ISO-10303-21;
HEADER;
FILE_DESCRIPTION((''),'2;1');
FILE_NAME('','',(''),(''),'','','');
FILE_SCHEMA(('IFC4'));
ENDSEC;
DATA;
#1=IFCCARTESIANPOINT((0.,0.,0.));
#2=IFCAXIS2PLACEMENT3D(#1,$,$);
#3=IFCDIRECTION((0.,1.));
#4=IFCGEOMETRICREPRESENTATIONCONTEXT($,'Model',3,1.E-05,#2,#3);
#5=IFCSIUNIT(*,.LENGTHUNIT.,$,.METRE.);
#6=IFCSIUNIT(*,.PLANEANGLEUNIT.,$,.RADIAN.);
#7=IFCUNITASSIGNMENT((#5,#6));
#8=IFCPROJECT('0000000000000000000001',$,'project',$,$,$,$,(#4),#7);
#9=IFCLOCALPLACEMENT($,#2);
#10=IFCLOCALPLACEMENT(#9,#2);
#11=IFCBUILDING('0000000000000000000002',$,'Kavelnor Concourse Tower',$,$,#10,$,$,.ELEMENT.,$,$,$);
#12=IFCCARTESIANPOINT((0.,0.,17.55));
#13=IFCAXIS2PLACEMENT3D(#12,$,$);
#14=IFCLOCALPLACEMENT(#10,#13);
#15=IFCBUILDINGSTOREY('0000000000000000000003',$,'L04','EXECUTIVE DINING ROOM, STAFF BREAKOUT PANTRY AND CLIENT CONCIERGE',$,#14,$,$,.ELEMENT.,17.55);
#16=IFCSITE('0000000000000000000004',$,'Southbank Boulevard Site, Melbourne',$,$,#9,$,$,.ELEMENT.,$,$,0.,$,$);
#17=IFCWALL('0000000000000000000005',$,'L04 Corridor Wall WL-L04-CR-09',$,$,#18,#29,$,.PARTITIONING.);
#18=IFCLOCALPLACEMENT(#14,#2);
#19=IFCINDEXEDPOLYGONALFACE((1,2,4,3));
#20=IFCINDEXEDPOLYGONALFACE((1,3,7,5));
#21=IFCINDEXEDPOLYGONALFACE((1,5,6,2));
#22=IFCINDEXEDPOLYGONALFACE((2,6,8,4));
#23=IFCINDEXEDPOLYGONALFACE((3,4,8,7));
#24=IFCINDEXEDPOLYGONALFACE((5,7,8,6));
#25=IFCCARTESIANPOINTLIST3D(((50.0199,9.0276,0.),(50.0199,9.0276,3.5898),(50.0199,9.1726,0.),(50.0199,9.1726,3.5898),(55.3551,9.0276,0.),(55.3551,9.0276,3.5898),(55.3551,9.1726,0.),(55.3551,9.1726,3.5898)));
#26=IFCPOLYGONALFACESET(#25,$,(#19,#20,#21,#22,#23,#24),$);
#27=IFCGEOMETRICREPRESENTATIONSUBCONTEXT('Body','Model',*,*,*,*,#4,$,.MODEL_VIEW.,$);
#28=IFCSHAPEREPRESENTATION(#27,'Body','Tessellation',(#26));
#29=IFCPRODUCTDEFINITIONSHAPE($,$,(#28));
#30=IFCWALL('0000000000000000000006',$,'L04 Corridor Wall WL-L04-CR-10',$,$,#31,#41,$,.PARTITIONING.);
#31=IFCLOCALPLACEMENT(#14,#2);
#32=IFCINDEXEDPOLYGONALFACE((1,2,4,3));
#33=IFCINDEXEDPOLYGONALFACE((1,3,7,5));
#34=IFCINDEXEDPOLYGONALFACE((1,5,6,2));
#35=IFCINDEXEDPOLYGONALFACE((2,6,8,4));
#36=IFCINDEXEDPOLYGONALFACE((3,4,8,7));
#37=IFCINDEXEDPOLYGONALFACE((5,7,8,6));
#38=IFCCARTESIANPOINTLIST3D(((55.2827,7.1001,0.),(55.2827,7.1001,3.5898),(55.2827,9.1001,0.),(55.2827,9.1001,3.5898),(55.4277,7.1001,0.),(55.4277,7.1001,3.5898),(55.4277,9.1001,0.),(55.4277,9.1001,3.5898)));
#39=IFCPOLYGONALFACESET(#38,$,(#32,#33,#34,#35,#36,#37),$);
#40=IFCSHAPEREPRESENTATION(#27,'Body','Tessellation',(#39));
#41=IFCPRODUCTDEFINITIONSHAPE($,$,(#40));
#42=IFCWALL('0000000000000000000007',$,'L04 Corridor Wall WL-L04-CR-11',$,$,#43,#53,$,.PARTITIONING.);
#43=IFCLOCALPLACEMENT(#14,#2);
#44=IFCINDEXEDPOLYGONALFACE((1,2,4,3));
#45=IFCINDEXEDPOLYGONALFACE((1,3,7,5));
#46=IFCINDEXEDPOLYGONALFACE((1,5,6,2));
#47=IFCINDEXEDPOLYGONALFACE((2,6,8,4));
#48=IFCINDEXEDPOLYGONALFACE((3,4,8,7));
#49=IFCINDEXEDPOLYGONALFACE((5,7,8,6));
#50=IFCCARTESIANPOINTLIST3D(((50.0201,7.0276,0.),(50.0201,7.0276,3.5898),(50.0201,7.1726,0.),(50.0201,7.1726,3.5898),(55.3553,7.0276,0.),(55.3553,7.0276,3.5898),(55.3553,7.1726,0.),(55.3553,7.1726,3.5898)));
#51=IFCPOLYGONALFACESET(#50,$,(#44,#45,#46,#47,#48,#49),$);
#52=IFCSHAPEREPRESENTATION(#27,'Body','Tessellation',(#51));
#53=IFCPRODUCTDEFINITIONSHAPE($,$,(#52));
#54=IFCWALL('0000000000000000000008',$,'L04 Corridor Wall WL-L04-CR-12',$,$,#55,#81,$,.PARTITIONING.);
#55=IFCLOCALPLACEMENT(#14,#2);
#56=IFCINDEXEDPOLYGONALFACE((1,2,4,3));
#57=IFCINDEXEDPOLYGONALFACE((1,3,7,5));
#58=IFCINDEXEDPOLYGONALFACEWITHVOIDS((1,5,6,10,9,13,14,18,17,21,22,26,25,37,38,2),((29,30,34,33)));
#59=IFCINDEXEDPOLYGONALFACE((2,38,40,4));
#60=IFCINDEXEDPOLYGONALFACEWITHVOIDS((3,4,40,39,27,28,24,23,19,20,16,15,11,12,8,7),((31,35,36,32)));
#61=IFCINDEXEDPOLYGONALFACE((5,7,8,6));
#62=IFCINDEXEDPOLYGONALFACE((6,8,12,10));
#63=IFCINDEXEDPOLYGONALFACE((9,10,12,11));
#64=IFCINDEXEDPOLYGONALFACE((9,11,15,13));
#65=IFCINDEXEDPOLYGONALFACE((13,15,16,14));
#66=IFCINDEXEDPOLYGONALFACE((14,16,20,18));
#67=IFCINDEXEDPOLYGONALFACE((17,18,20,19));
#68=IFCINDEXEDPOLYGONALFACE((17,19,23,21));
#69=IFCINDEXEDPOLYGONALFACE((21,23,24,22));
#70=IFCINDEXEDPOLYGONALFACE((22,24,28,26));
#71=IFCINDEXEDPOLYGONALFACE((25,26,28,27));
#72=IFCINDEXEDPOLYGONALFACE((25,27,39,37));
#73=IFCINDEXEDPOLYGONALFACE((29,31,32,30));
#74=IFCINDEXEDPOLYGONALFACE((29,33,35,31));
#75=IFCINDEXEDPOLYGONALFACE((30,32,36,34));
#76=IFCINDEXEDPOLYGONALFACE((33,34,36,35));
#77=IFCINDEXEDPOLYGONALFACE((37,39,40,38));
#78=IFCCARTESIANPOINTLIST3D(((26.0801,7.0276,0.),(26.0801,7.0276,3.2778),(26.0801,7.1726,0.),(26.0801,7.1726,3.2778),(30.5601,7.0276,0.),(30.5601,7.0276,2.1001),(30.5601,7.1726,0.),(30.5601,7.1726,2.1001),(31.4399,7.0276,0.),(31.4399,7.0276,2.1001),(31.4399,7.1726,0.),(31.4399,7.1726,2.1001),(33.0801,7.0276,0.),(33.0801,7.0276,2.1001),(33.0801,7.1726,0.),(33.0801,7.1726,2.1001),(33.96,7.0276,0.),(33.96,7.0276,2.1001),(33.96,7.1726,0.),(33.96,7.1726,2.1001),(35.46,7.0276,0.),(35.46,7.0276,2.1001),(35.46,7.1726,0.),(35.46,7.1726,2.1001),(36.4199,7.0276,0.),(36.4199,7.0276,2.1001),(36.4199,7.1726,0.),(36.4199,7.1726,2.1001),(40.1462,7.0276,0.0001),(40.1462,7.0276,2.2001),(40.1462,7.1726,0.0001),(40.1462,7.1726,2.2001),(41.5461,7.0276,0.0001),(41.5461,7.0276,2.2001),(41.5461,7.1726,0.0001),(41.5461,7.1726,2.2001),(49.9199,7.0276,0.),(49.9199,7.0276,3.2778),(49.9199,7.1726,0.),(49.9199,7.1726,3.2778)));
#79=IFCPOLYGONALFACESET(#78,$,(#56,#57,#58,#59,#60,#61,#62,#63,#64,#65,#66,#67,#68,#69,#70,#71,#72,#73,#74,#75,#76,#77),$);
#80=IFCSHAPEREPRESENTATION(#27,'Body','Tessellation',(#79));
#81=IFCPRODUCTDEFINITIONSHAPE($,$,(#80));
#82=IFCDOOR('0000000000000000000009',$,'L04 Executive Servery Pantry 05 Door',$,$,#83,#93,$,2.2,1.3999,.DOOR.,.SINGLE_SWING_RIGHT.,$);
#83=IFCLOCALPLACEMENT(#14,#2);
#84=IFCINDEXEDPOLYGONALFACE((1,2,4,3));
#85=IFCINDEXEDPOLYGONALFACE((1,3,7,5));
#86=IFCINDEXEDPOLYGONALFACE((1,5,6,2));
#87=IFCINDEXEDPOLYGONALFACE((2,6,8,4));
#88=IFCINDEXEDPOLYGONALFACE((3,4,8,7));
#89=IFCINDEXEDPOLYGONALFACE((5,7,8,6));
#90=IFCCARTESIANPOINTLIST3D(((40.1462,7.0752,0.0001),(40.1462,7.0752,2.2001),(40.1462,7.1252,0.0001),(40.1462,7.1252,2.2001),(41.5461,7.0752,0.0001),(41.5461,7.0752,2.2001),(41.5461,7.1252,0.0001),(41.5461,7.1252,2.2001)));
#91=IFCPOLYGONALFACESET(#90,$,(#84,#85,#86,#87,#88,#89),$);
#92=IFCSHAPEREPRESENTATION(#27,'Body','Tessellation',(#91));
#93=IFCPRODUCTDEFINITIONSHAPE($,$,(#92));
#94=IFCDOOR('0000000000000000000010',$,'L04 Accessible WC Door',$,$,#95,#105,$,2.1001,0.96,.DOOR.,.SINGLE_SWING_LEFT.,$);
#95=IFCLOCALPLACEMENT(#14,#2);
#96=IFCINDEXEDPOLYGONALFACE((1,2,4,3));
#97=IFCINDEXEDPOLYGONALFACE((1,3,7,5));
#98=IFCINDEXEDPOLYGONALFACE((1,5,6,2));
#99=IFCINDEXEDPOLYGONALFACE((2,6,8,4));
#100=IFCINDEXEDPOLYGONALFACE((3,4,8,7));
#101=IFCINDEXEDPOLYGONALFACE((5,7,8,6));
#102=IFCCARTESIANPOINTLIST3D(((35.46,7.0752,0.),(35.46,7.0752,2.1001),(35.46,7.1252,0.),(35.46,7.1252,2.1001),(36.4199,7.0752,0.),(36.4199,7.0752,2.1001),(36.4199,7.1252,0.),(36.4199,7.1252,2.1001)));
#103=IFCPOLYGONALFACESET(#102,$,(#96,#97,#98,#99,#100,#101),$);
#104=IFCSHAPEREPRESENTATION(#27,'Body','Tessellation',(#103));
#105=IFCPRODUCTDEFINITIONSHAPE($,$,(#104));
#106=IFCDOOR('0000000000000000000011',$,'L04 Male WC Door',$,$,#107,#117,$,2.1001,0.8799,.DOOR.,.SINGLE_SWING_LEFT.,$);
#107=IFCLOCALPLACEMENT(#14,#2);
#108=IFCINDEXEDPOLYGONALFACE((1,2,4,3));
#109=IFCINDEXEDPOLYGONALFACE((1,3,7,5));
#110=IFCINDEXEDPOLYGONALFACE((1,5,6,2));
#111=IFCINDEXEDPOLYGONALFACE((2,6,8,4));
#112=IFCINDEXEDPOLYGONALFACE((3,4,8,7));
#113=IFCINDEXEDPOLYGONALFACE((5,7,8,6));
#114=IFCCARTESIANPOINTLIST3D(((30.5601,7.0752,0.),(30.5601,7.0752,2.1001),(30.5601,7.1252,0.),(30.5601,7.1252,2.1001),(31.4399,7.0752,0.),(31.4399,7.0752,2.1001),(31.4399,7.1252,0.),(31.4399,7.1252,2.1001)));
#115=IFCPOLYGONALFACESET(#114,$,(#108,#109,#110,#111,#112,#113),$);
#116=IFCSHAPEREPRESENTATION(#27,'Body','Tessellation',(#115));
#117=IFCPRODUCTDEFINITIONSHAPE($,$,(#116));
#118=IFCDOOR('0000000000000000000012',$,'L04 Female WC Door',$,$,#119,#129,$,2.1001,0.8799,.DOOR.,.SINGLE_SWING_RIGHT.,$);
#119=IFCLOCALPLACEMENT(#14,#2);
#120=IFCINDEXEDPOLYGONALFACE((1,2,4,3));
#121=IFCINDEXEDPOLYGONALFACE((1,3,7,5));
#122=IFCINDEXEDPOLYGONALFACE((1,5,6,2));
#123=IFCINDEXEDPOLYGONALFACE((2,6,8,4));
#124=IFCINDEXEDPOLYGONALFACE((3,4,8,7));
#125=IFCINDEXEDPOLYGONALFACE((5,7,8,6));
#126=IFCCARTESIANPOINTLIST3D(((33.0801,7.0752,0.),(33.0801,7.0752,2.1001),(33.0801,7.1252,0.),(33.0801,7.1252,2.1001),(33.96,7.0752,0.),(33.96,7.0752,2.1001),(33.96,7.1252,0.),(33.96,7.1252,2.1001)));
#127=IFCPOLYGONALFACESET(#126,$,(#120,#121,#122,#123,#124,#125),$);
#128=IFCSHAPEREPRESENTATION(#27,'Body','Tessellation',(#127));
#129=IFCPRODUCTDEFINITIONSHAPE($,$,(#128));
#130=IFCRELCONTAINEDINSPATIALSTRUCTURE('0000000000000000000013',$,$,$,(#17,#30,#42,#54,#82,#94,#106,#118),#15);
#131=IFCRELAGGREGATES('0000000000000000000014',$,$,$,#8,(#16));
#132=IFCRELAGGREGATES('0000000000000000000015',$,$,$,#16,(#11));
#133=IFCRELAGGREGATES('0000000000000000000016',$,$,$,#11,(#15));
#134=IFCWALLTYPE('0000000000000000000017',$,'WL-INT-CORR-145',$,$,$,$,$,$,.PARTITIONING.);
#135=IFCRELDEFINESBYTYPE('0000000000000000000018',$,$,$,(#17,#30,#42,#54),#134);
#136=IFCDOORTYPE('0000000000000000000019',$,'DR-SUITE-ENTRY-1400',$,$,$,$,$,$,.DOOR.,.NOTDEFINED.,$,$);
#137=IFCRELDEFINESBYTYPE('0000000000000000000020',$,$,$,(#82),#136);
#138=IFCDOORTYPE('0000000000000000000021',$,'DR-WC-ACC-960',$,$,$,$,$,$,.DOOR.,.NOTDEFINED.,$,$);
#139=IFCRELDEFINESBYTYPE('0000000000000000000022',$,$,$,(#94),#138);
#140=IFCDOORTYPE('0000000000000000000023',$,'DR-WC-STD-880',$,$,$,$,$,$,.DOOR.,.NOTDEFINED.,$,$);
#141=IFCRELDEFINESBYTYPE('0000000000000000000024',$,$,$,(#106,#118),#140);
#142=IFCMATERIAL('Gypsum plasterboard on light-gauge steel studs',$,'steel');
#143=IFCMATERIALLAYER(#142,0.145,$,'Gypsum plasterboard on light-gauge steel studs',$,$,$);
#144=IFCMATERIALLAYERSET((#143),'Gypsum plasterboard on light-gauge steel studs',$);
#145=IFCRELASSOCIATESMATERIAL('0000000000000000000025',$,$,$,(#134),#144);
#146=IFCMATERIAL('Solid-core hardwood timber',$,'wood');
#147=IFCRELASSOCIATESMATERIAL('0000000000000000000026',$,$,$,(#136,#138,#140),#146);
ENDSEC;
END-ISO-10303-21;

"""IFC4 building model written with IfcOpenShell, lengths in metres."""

from ifc_helpers import new_model, si_unit, direction, frame, frame_2d, origin, place, context, subcontext, project, spatial, rectangle, extrude, material, layer, layer_set, type_object, element, fill, save


model = new_model("IFC4")

# Units and contexts
model_context = context("Model", 3, precision=1e-05, world=origin(), true_north=direction((0.0, 1.0)))
body_context = subcontext(model_context, "Body", "Model", "MODEL_VIEW")
ifc_project = project(units=[si_unit("LENGTHUNIT", "METRE"), si_unit("PLANEANGLEUNIT", "RADIAN")], contexts=[model_context])

# Site, building, storey
site_placement = place(None, origin())
site = spatial("IfcSite", under=ifc_project, at=site_placement, Name="Southbank Boulevard Site, Melbourne", CompositionType="ELEMENT", RefElevation=0.0)
building_placement = place(site_placement, origin())
building = spatial("IfcBuilding", under=site, at=building_placement, Name="Kavelnor Concourse Tower", CompositionType="ELEMENT")
storey_placement = place(building_placement, frame((0.0, 0.0, 17.55)))
storey = spatial("IfcBuildingStorey", under=building, at=storey_placement, Name="L04", Description="EXECUTIVE DINING ROOM, STAFF BREAKOUT PANTRY AND CLIENT CONCIERGE", CompositionType="ELEMENT", Elevation=17.55)

# Walls
ifc_material_1 = material(Name="Gypsum plasterboard on light-gauge steel studs", Category="steel")
ifc_layer_1 = layer(ifc_material_1, 0.145, Name="Gypsum plasterboard on light-gauge steel studs")
ifc_layer_set_1 = layer_set([ifc_layer_1], Name="Gypsum plasterboard on light-gauge steel studs")
wall_type_1 = type_object("IfcWallType", Name="WL-INT-CORR-145", PredefinedType="PARTITIONING", material=ifc_layer_set_1)
wall_1_placement = place(storey_placement, frame((50.02, 9.1001, 0.0), z_axis=(0.0, 0.0, 1.0), x_axis=(1.0, 0.0, 0.0)))
element("IfcWall", 1, at=wall_1_placement, inside=storey, type_object=wall_type_1, Name="L04 Corridor Wall WL-L04-CR-09", PredefinedType="PARTITIONING", context=body_context, shape_type="SweptSolid", body=[
    extrude(rectangle(XDim=5.3352, YDim=0.145, at=frame_2d((2.6675, 0.0))), origin(), (0.0, 0.0, 1.0), 3.5898),
])
wall_2_placement = place(storey_placement, frame((55.3552, 9.1001, 0.0), z_axis=(0.0, 0.0, 1.0), x_axis=(0.0, -1.0, 0.0)))
element("IfcWall", 2, at=wall_2_placement, inside=storey, type_object=wall_type_1, Name="L04 Corridor Wall WL-L04-CR-10", PredefinedType="PARTITIONING", context=body_context, shape_type="SweptSolid", body=[
    extrude(rectangle(XDim=2.0, YDim=0.145, at=frame_2d((1.0, 0.0))), origin(), (0.0, 0.0, 1.0), 3.5898),
])
wall_3_placement = place(storey_placement, frame((55.3552, 7.1001, 0.0), z_axis=(0.0, 0.0, 1.0), x_axis=(-1.0, 0.0, 0.0)))
element("IfcWall", 3, at=wall_3_placement, inside=storey, type_object=wall_type_1, Name="L04 Corridor Wall WL-L04-CR-11", PredefinedType="PARTITIONING", context=body_context, shape_type="SweptSolid", body=[
    extrude(rectangle(XDim=5.3352, YDim=0.145, at=frame_2d((2.6675, 0.0))), origin(), (0.0, 0.0, 1.0), 3.5898),
])

# Wall, openings, doors
wall_4_placement = place(storey_placement, frame((49.9199, 7.1001, 0.0), z_axis=(0.0, 0.0, 1.0), x_axis=(-1.0, 0.0, 0.0)))
wall_4 = element("IfcWall", 4, at=wall_4_placement, inside=storey, type_object=wall_type_1, Name="L04 Corridor Wall WL-L04-CR-12", PredefinedType="PARTITIONING", context=body_context, shape_type="SweptSolid", body=[
    extrude(rectangle(XDim=23.8398, YDim=0.145, at=frame_2d((11.9199, 0.0))), origin(), (0.0, 0.0, 1.0), 3.2778),
])
opening_1_placement = place(wall_4_placement, frame((18.48, 0.0, 0.0)))
opening_1 = element("IfcOpeningElement", 5, at=opening_1_placement, cuts=wall_4, PredefinedType="OPENING", context=body_context, shape_type="SweptSolid", body=[
    extrude(rectangle(XDim=0.8799, YDim=2.1001, at=frame_2d((0.4399, 1.05))), frame((0.0, 0.0825, 0.0), z_axis=(0.0, -1.0, 0.0), x_axis=(1.0, 0.0, 0.0)), (0.0, 0.0, 1.0), 0.165),
])
opening_2_placement = place(wall_4_placement, frame((15.96, 0.0, 0.0)))
opening_2 = element("IfcOpeningElement", 6, at=opening_2_placement, cuts=wall_4, PredefinedType="OPENING", context=body_context, shape_type="SweptSolid", body=[
    extrude(rectangle(XDim=0.8799, YDim=2.1001, at=frame_2d((0.4399, 1.05))), frame((0.0, 0.0825, 0.0), z_axis=(0.0, -1.0, 0.0), x_axis=(1.0, 0.0, 0.0)), (0.0, 0.0, 1.0), 0.165),
])
opening_3_placement = place(wall_4_placement, frame((13.5, 0.0, 0.0)))
opening_3 = element("IfcOpeningElement", 7, at=opening_3_placement, cuts=wall_4, PredefinedType="OPENING", context=body_context, shape_type="SweptSolid", body=[
    extrude(rectangle(XDim=0.96, YDim=2.1001, at=frame_2d((0.48, 1.05))), frame((0.0, 0.0825, 0.0), z_axis=(0.0, -1.0, 0.0), x_axis=(1.0, 0.0, 0.0)), (0.0, 0.0, 1.0), 0.165),
])
opening_4_placement = place(wall_4_placement, frame((8.3738, 0.0, 0.0)))
opening_4 = element("IfcOpeningElement", 8, at=opening_4_placement, cuts=wall_4, PredefinedType="OPENING", context=body_context, shape_type="SweptSolid", body=[
    extrude(rectangle(XDim=1.3999, YDim=2.2, at=frame_2d((0.7, 1.1001))), frame((0.0, 0.0825, 0.0), z_axis=(0.0, -1.0, 0.0), x_axis=(1.0, 0.0, 0.0)), (0.0, 0.0, 1.0), 0.165),
])
ifc_material_2 = material(Name="Solid-core hardwood timber", Category="wood")
door_type_1 = type_object("IfcDoorType", Name="DR-SUITE-ENTRY-1400", OperationType="NOTDEFINED", PredefinedType="DOOR", material=ifc_material_2)
door_1_placement = place(opening_4_placement, origin())
door_1 = element("IfcDoor", 9, at=door_1_placement, inside=storey, type_object=door_type_1, Name="L04 Executive Servery Pantry 05 Door", OperationType="SINGLE_SWING_RIGHT", OverallHeight=2.2, OverallWidth=1.3999, PredefinedType="DOOR", context=body_context, shape_type="SweptSolid", body=[
    extrude(rectangle(XDim=1.3999, YDim=2.2, at=frame_2d((0.7, 1.1001))), frame((0.0, 0.0249, 0.0), z_axis=(0.0, -1.0, 0.0), x_axis=(1.0, 0.0, 0.0)), (0.0, 0.0, 1.0), 0.05),
])
fill(opening_4, door_1)
door_type_2 = type_object("IfcDoorType", Name="DR-WC-ACC-960", OperationType="NOTDEFINED", PredefinedType="DOOR", material=ifc_material_2)
door_2_placement = place(opening_3_placement, origin())
door_2 = element("IfcDoor", 10, at=door_2_placement, inside=storey, type_object=door_type_2, Name="L04 Accessible WC Door", OperationType="SINGLE_SWING_LEFT", OverallHeight=2.1001, OverallWidth=0.96, PredefinedType="DOOR", context=body_context, shape_type="SweptSolid", body=[
    extrude(rectangle(XDim=0.96, YDim=2.1001, at=frame_2d((0.48, 1.05))), frame((0.0, 0.0249, 0.0), z_axis=(0.0, -1.0, 0.0), x_axis=(1.0, 0.0, 0.0)), (0.0, 0.0, 1.0), 0.05),
])
fill(opening_3, door_2)
door_type_3 = type_object("IfcDoorType", Name="DR-WC-STD-880", OperationType="NOTDEFINED", PredefinedType="DOOR", material=ifc_material_2)
door_3_placement = place(opening_1_placement, origin())
door_3 = element("IfcDoor", 11, at=door_3_placement, inside=storey, type_object=door_type_3, Name="L04 Male WC Door", OperationType="SINGLE_SWING_LEFT", OverallHeight=2.1001, OverallWidth=0.8799, PredefinedType="DOOR", context=body_context, shape_type="SweptSolid", body=[
    extrude(rectangle(XDim=0.8799, YDim=2.1001, at=frame_2d((0.4399, 1.05))), frame((0.0, 0.0249, 0.0), z_axis=(0.0, -1.0, 0.0), x_axis=(1.0, 0.0, 0.0)), (0.0, 0.0, 1.0), 0.05),
])
fill(opening_1, door_3)
door_4_placement = place(opening_2_placement, origin())
door_4 = element("IfcDoor", 12, at=door_4_placement, inside=storey, type_object=door_type_3, Name="L04 Female WC Door", OperationType="SINGLE_SWING_RIGHT", OverallHeight=2.1001, OverallWidth=0.8799, PredefinedType="DOOR", context=body_context, shape_type="SweptSolid", body=[
    extrude(rectangle(XDim=0.8799, YDim=2.1001, at=frame_2d((0.4399, 1.05))), frame((0.0, 0.0249, 0.0), z_axis=(0.0, -1.0, 0.0), x_axis=(1.0, 0.0, 0.0)), (0.0, 0.0, 1.0), 0.05),
])
fill(opening_2, door_4)

save(model, "model.ifc")
